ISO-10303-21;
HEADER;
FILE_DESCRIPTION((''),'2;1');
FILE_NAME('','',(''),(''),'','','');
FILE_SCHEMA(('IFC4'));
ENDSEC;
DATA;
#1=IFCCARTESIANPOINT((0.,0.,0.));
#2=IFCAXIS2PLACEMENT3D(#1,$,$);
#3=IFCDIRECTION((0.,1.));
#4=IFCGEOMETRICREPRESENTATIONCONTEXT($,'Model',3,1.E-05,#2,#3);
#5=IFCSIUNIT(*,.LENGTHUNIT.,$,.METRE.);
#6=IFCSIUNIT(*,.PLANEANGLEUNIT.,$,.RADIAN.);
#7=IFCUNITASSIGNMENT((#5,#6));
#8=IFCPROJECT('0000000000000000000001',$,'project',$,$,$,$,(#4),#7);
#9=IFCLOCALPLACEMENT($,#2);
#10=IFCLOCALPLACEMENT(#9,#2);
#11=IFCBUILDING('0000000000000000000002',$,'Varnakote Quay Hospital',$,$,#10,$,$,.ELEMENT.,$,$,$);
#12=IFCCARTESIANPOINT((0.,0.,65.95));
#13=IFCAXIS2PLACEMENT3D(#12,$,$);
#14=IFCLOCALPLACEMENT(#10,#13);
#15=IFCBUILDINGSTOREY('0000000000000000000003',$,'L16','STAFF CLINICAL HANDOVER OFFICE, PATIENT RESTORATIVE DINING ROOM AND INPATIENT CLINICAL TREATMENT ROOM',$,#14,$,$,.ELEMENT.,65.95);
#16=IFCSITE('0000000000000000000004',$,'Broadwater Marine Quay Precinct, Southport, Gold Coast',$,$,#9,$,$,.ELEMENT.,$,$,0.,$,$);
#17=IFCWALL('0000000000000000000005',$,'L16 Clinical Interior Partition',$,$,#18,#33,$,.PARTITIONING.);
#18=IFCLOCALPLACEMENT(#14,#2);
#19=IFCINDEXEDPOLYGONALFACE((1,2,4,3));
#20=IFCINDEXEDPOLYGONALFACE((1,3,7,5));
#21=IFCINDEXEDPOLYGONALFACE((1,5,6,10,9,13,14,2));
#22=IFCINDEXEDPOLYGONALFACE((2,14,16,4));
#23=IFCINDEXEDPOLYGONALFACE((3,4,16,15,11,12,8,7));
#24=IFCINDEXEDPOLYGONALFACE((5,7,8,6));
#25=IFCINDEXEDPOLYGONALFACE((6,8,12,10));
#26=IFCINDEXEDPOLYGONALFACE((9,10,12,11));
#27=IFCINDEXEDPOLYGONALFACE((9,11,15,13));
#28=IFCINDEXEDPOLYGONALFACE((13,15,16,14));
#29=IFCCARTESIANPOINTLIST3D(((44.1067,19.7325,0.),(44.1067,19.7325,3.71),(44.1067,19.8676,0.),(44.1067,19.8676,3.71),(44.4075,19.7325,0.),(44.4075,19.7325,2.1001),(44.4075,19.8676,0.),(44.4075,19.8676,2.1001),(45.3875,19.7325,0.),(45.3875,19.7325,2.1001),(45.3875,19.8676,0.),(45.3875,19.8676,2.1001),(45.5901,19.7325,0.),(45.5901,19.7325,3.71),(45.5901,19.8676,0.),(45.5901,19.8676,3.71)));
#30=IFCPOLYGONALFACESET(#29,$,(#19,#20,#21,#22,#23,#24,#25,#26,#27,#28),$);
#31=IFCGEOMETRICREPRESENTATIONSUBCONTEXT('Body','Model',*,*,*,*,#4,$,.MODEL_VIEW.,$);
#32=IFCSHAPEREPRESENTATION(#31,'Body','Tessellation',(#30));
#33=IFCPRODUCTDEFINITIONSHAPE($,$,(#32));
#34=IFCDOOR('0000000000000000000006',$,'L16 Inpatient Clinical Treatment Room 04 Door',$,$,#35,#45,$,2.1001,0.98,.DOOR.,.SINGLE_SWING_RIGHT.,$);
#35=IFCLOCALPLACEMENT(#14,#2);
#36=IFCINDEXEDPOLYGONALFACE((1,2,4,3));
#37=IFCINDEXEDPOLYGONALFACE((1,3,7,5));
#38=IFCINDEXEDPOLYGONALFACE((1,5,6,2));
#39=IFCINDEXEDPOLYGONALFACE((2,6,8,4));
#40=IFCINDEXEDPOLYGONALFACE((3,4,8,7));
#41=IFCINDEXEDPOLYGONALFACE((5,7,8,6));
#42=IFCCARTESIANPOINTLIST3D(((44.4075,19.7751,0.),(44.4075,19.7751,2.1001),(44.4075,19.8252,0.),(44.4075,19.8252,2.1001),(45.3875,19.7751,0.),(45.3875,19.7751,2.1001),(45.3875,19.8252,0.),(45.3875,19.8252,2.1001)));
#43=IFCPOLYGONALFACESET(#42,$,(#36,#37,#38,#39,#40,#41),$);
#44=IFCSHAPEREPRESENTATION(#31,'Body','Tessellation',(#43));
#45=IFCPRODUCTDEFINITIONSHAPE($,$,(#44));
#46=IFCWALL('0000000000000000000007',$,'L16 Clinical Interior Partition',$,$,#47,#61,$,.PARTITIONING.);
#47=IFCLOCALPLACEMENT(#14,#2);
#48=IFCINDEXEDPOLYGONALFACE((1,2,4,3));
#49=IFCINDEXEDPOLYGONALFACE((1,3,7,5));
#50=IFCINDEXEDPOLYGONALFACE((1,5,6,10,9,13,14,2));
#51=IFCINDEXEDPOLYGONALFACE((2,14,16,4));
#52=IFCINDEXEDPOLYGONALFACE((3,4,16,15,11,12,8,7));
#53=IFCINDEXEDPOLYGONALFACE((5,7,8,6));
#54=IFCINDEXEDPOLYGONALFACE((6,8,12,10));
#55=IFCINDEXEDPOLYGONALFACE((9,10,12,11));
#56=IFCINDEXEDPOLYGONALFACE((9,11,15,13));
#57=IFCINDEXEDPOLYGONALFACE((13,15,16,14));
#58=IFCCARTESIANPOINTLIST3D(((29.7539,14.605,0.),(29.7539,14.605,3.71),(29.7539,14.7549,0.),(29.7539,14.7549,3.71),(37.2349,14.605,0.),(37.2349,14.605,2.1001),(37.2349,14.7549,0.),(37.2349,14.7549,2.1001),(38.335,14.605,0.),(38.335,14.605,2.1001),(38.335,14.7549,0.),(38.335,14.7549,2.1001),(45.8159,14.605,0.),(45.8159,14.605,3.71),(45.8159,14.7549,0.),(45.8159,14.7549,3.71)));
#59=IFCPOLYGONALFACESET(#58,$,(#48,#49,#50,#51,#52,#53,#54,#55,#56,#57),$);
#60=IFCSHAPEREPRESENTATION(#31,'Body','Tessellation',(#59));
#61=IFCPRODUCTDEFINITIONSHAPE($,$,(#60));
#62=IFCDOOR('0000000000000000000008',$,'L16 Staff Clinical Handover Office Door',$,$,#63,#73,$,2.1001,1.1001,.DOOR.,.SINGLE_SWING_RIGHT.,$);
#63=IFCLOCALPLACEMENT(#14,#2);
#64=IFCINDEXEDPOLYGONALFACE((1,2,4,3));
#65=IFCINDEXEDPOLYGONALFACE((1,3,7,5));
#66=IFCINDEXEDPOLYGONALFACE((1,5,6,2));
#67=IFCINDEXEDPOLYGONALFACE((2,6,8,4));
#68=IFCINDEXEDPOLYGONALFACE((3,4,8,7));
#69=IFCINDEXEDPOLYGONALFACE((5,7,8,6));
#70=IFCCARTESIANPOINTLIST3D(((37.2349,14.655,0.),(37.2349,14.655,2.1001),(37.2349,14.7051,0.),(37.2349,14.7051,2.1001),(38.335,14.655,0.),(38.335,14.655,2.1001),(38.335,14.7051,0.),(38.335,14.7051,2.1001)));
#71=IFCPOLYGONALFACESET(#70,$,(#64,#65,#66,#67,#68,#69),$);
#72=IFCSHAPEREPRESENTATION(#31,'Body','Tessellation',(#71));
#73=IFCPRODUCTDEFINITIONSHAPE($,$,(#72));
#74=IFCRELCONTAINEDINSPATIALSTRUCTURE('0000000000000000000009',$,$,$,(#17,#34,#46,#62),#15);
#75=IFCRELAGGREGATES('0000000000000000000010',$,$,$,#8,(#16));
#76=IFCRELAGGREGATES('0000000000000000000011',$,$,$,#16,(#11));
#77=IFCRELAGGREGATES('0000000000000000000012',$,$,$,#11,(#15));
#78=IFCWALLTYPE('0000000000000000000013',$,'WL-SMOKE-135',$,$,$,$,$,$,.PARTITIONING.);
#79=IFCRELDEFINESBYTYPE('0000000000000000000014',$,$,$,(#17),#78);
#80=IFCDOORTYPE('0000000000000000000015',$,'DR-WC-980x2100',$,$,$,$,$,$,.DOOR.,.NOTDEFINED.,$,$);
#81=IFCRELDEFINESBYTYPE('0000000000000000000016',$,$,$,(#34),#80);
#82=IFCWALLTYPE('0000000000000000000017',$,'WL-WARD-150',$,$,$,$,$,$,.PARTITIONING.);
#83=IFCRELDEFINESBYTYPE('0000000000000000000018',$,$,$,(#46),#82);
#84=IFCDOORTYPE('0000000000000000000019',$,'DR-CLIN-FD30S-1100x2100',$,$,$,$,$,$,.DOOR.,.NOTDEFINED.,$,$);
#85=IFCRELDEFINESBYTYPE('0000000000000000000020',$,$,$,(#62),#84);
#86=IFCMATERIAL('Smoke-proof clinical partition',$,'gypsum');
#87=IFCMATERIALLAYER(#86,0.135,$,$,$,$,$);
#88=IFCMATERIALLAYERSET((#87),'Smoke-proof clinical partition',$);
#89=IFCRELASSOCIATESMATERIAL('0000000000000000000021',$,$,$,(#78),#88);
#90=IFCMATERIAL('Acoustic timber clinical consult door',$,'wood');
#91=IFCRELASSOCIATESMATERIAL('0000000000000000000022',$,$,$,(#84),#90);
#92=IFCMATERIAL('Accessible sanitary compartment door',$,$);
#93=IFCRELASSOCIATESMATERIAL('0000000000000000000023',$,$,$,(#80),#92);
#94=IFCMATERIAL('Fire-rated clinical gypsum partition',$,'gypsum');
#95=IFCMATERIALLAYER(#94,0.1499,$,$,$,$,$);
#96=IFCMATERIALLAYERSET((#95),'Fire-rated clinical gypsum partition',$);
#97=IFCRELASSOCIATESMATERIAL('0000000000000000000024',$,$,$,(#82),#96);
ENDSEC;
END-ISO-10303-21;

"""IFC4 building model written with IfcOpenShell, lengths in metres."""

from ifc_helpers import new_model, si_unit, direction, frame, frame_2d, origin, place, context, subcontext, project, spatial, rectangle, extrude, material, layer, layer_set, type_object, element, fill, save


model = new_model("IFC4")

# Units and contexts
model_context = context("Model", 3, precision=1e-05, world=origin(), true_north=direction((0.0, 1.0)))
body_context = subcontext(model_context, "Body", "Model", "MODEL_VIEW")
ifc_project = project(units=[si_unit("LENGTHUNIT", "METRE"), si_unit("PLANEANGLEUNIT", "RADIAN")], contexts=[model_context])

# Site, building, storey
site_placement = place(None, origin())
site = spatial("IfcSite", under=ifc_project, at=site_placement, Name="Broadwater Marine Quay Precinct, Southport, Gold Coast", CompositionType="ELEMENT", RefElevation=0.0)
building_placement = place(site_placement, origin())
building = spatial("IfcBuilding", under=site, at=building_placement, Name="Varnakote Quay Hospital", CompositionType="ELEMENT")
storey_placement = place(building_placement, frame((0.0, 0.0, 65.95)))
storey = spatial("IfcBuildingStorey", under=building, at=storey_placement, Name="L16", Description="STAFF CLINICAL HANDOVER OFFICE, PATIENT RESTORATIVE DINING ROOM AND INPATIENT CLINICAL TREATMENT ROOM", CompositionType="ELEMENT", Elevation=65.95)

# Shared definitions
ifc_material_1 = material(Name="Smoke-proof clinical partition", Category="gypsum")
ifc_layer_1 = layer(ifc_material_1, 0.135)
ifc_layer_set_1 = layer_set([ifc_layer_1], Name="Smoke-proof clinical partition")
wall_type_1 = type_object("IfcWallType", Name="WL-SMOKE-135", PredefinedType="PARTITIONING", material=ifc_layer_set_1)

# Shared definitions
ifc_material_2 = material(Name="Acoustic timber clinical consult door", Category="wood")
door_type_1 = type_object("IfcDoorType", Name="DR-CLIN-FD30S-1100x2100", OperationType="NOTDEFINED", PredefinedType="DOOR", material=ifc_material_2)

# Walls, openings, doors
wall_1_placement = place(storey_placement, frame((45.5901, 19.8, 0.0), z_axis=(0.0, 0.0, 1.0), x_axis=(-1.0, 0.0, 0.0)))
wall_1 = element("IfcWall", 1, at=wall_1_placement, inside=storey, type_object=wall_type_1, Name="L16 Clinical Interior Partition", PredefinedType="PARTITIONING", context=body_context, shape_type="SweptSolid", body=[
    extrude(rectangle(XDim=1.4834, YDim=0.135, at=frame_2d((0.7417, 0.0))), origin(), (0.0, 0.0, 1.0), 3.71),
])
opening_1_placement = place(wall_1_placement, frame((0.2026, 0.0, 0.0)))
opening_1 = element("IfcOpeningElement", 2, at=opening_1_placement, cuts=wall_1, PredefinedType="OPENING", context=body_context, shape_type="SweptSolid", body=[
    extrude(rectangle(XDim=0.98, YDim=2.1001, at=frame_2d((0.49, 1.05))), frame((0.0, 0.0774, 0.0), z_axis=(0.0, -1.0, 0.0), x_axis=(1.0, 0.0, 0.0)), (0.0, 0.0, 1.0), 0.155),
])
ifc_material_3 = material(Name="Accessible sanitary compartment door")
door_type_2 = type_object("IfcDoorType", Name="DR-WC-980x2100", OperationType="NOTDEFINED", PredefinedType="DOOR", material=ifc_material_3)
door_1_placement = place(opening_1_placement, origin())
door_1 = element("IfcDoor", 3, at=door_1_placement, inside=storey, type_object=door_type_2, Name="L16 Inpatient Clinical Treatment Room 04 Door", OperationType="SINGLE_SWING_RIGHT", OverallHeight=2.1001, OverallWidth=0.98, PredefinedType="DOOR", context=body_context, shape_type="SweptSolid", body=[
    extrude(rectangle(XDim=0.98, YDim=2.1001, at=frame_2d((0.49, 1.05))), frame((0.0, 0.0249, 0.0), z_axis=(0.0, -1.0, 0.0), x_axis=(1.0, 0.0, 0.0)), (0.0, 0.0, 1.0), 0.05),
])
fill(opening_1, door_1)
ifc_material_4 = material(Name="Fire-rated clinical gypsum partition", Category="gypsum")
ifc_layer_2 = layer(ifc_material_4, 0.1499)
ifc_layer_set_2 = layer_set([ifc_layer_2], Name="Fire-rated clinical gypsum partition")
wall_type_2 = type_object("IfcWallType", Name="WL-WARD-150", PredefinedType="PARTITIONING", material=ifc_layer_set_2)
wall_2_placement = place(storey_placement, frame((45.8159, 14.6799, 0.0), z_axis=(0.0, 0.0, 1.0), x_axis=(-1.0, 0.0, 0.0)))
wall_2 = element("IfcWall", 4, at=wall_2_placement, inside=storey, type_object=wall_type_2, Name="L16 Clinical Interior Partition", PredefinedType="PARTITIONING", context=body_context, shape_type="SweptSolid", body=[
    extrude(rectangle(XDim=16.062, YDim=0.1499, at=frame_2d((8.031, 0.0))), origin(), (0.0, 0.0, 1.0), 3.71),
])
opening_2_placement = place(wall_2_placement, frame((7.481, 0.0, 0.0)))
opening_2 = element("IfcOpeningElement", 5, at=opening_2_placement, cuts=wall_2, PredefinedType="OPENING", context=body_context, shape_type="SweptSolid", body=[
    extrude(rectangle(XDim=1.1001, YDim=2.1001, at=frame_2d((0.55, 1.05))), frame((0.0, 0.085, 0.0), z_axis=(0.0, -1.0, 0.0), x_axis=(1.0, 0.0, 0.0)), (0.0, 0.0, 1.0), 0.1699),
])
door_2_placement = place(opening_2_placement, origin())
door_2 = element("IfcDoor", 6, at=door_2_placement, inside=storey, type_object=door_type_1, Name="L16 Staff Clinical Handover Office Door", OperationType="SINGLE_SWING_RIGHT", OverallHeight=2.1001, OverallWidth=1.1001, PredefinedType="DOOR", context=body_context, shape_type="SweptSolid", body=[
    extrude(rectangle(XDim=1.1001, YDim=2.1001, at=frame_2d((0.55, 1.05))), frame((0.0, 0.0249, 0.0), z_axis=(0.0, -1.0, 0.0), x_axis=(1.0, 0.0, 0.0)), (0.0, 0.0, 1.0), 0.05),
])
fill(opening_2, door_2)

save(model, "model.ifc")
